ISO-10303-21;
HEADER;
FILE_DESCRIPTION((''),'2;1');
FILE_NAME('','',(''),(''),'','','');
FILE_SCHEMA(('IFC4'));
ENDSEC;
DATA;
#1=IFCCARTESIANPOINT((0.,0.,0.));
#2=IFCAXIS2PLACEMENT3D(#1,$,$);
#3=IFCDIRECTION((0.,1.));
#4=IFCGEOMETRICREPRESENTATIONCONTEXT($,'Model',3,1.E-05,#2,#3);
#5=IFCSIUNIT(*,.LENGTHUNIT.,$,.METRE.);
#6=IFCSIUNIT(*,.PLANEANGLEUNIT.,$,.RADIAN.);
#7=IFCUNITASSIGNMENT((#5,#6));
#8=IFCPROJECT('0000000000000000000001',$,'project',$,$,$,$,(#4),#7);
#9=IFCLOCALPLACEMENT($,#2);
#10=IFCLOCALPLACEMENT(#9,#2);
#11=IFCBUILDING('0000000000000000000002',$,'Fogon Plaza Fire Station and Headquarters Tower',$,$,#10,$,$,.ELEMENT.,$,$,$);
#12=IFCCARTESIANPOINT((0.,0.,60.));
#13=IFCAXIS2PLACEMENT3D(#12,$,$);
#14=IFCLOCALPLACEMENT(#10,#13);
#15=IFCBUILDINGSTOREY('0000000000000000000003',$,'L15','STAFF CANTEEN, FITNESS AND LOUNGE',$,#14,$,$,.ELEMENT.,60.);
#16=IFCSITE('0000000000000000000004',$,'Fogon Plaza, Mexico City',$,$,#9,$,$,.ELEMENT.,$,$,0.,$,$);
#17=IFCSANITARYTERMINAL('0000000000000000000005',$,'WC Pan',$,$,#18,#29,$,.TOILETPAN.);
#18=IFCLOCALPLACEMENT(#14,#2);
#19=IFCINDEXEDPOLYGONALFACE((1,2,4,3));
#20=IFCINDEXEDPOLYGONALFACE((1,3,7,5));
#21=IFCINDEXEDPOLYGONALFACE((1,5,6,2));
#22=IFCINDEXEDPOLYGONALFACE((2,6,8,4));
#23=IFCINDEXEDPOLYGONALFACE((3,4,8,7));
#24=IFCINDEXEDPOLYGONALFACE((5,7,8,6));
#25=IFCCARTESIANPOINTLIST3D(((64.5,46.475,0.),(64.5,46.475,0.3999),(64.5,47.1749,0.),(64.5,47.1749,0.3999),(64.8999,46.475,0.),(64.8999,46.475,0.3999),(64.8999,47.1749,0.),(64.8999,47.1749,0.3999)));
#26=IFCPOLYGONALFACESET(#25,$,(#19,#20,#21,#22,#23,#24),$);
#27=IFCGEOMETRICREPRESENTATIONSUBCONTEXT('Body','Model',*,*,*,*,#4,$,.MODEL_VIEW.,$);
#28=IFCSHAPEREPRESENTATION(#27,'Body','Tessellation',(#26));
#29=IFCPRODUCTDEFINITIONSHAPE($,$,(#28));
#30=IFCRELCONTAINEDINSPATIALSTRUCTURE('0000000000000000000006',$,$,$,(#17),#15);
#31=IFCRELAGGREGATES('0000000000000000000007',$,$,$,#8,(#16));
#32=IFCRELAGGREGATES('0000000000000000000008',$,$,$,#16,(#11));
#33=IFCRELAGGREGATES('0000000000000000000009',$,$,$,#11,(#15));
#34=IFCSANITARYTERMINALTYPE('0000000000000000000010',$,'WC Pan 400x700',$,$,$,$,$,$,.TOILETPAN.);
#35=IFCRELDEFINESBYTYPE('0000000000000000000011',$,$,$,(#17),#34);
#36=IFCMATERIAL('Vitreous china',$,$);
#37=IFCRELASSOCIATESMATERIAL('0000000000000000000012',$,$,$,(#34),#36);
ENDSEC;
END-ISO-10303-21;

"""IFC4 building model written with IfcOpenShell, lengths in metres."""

from ifc_helpers import new_model, si_unit, direction, frame, origin, origin_2d, place, context, subcontext, project, spatial, rectangle, extrude, material, type_object, element, save


model = new_model("IFC4")

# Units and contexts
model_context = context("Model", 3, precision=1e-05, world=origin(), true_north=direction((0.0, 1.0)))
body_context = subcontext(model_context, "Body", "Model", "MODEL_VIEW")
ifc_project = project(units=[si_unit("LENGTHUNIT", "METRE"), si_unit("PLANEANGLEUNIT", "RADIAN")], contexts=[model_context])

# Site, building, storey
site_placement = place(None, origin())
site = spatial("IfcSite", under=ifc_project, at=site_placement, Name="Fogon Plaza, Mexico City", CompositionType="ELEMENT", RefElevation=0.0)
building_placement = place(site_placement, origin())
building = spatial("IfcBuilding", under=site, at=building_placement, Name="Fogon Plaza Fire Station and Headquarters Tower", CompositionType="ELEMENT")
storey_placement = place(building_placement, frame((0.0, 0.0, 60.0)))
storey = spatial("IfcBuildingStorey", under=building, at=storey_placement, Name="L15", Description="STAFF CANTEEN, FITNESS AND LOUNGE", CompositionType="ELEMENT", Elevation=60.0)

# Sanitary terminal
ifc_material_1 = material(Name="Vitreous china")
sanitary_terminal_type_1 = type_object("IfcSanitaryTerminalType", Name="WC Pan 400x700", PredefinedType="TOILETPAN", material=ifc_material_1)
for number, where, z_axis, x_axis, name in (
    (1, (64.7, 46.825, 0.0), (0.0, 0.0, 1.0), (1.0, 0.0, 0.0), "WC Pan"),
):
    element("IfcSanitaryTerminal", number, at=place(storey_placement, frame(where, z_axis=z_axis, x_axis=x_axis)), inside=storey, type_object=sanitary_terminal_type_1, Name=name, PredefinedType="TOILETPAN", context=body_context, shape_type="SweptSolid", body=[
        extrude(rectangle(XDim=0.3999, YDim=0.7, at=origin_2d()), origin(), (0.0, 0.0, 1.0), 0.3999),
    ])

save(model, "model.ifc")
